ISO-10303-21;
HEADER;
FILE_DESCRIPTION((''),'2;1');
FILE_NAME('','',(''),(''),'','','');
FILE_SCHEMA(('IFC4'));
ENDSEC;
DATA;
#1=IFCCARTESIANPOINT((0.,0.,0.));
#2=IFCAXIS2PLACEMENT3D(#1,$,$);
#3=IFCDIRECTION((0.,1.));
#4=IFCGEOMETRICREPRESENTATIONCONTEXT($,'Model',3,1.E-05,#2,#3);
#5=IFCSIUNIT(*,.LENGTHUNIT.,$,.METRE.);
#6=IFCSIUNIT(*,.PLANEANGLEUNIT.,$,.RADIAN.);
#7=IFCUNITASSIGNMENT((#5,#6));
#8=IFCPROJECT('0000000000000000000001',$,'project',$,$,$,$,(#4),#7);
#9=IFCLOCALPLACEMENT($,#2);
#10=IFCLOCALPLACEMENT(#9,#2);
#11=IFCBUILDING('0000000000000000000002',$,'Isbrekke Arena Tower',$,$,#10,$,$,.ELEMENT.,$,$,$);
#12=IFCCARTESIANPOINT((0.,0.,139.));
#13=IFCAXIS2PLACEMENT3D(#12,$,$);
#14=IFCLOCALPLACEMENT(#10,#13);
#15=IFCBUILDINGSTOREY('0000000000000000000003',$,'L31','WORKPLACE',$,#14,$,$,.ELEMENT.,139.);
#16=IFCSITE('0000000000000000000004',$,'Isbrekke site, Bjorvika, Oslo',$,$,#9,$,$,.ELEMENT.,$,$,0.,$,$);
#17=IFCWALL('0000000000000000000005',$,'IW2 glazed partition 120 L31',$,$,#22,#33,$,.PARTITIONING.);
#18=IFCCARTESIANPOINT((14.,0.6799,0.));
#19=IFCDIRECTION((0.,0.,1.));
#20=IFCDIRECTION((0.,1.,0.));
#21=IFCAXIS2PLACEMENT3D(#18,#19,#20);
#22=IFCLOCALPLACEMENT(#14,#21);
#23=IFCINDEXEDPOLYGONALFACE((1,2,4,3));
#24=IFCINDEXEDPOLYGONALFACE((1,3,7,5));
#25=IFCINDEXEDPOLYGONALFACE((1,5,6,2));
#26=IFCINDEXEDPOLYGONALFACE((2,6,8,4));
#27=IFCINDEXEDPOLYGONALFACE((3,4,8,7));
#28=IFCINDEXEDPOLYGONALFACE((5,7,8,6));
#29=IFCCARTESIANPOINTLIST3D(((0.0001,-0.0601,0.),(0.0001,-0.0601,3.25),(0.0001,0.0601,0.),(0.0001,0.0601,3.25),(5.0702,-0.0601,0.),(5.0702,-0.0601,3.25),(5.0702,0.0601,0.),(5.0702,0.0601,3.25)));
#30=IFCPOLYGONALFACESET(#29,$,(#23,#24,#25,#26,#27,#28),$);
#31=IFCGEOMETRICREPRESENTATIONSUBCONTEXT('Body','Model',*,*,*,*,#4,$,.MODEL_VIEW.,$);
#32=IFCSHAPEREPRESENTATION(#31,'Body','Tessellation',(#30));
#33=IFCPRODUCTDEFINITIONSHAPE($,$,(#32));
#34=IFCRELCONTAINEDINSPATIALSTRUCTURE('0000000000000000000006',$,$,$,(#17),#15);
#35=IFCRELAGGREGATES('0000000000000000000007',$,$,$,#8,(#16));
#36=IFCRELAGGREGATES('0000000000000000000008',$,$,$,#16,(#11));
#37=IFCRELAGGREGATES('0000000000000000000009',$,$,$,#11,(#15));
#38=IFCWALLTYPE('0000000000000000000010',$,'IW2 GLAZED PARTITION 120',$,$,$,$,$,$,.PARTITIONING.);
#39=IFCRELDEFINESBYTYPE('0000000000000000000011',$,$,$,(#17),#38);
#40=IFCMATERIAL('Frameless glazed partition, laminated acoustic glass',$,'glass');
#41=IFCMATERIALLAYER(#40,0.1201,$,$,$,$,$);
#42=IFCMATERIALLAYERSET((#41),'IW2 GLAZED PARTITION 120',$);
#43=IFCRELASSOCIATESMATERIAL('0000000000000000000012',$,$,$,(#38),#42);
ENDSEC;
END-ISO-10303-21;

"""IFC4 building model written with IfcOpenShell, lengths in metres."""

from ifc_helpers import new_model, si_unit, direction, frame, frame_2d, origin, place, context, subcontext, project, spatial, rectangle, extrude, material, layer, layer_set, type_object, element, save


model = new_model("IFC4")

# Units and contexts
model_context = context("Model", 3, precision=1e-05, world=origin(), true_north=direction((0.0, 1.0)))
body_context = subcontext(model_context, "Body", "Model", "MODEL_VIEW")
ifc_project = project(units=[si_unit("LENGTHUNIT", "METRE"), si_unit("PLANEANGLEUNIT", "RADIAN")], contexts=[model_context])

# Site, building, storey
site_placement = place(None, origin())
site = spatial("IfcSite", under=ifc_project, at=site_placement, Name="Isbrekke site, Bjorvika, Oslo", CompositionType="ELEMENT", RefElevation=0.0)
building_placement = place(site_placement, origin())
building = spatial("IfcBuilding", under=site, at=building_placement, Name="Isbrekke Arena Tower", CompositionType="ELEMENT")
storey_placement = place(building_placement, frame((0.0, 0.0, 139.0)))
storey = spatial("IfcBuildingStorey", under=building, at=storey_placement, Name="L31", Description="WORKPLACE", CompositionType="ELEMENT", Elevation=139.0)

# Shared definitions
ifc_material_1 = material(Name="Frameless glazed partition, laminated acoustic glass", Category="glass")
ifc_layer_1 = layer(ifc_material_1, 0.1201)
ifc_layer_set_1 = layer_set([ifc_layer_1], Name="IW2 GLAZED PARTITION 120")
wall_type_1 = type_object("IfcWallType", Name="IW2 GLAZED PARTITION 120", PredefinedType="PARTITIONING", material=ifc_layer_set_1)

# Wall
wall_1_placement = place(storey_placement, frame((14.0, 0.6799, 0.0), z_axis=(0.0, 0.0, 1.0), x_axis=(0.0, 1.0, 0.0)))
element("IfcWall", 1, at=wall_1_placement, inside=storey, type_object=wall_type_1, Name="IW2 glazed partition 120 L31", PredefinedType="PARTITIONING", context=body_context, shape_type="SweptSolid", body=[
    extrude(rectangle(XDim=5.0701, YDim=0.1201, at=frame_2d((2.5352, 0.0))), origin(), (0.0, 0.0, 1.0), 3.25),
])

save(model, "model.ifc")
